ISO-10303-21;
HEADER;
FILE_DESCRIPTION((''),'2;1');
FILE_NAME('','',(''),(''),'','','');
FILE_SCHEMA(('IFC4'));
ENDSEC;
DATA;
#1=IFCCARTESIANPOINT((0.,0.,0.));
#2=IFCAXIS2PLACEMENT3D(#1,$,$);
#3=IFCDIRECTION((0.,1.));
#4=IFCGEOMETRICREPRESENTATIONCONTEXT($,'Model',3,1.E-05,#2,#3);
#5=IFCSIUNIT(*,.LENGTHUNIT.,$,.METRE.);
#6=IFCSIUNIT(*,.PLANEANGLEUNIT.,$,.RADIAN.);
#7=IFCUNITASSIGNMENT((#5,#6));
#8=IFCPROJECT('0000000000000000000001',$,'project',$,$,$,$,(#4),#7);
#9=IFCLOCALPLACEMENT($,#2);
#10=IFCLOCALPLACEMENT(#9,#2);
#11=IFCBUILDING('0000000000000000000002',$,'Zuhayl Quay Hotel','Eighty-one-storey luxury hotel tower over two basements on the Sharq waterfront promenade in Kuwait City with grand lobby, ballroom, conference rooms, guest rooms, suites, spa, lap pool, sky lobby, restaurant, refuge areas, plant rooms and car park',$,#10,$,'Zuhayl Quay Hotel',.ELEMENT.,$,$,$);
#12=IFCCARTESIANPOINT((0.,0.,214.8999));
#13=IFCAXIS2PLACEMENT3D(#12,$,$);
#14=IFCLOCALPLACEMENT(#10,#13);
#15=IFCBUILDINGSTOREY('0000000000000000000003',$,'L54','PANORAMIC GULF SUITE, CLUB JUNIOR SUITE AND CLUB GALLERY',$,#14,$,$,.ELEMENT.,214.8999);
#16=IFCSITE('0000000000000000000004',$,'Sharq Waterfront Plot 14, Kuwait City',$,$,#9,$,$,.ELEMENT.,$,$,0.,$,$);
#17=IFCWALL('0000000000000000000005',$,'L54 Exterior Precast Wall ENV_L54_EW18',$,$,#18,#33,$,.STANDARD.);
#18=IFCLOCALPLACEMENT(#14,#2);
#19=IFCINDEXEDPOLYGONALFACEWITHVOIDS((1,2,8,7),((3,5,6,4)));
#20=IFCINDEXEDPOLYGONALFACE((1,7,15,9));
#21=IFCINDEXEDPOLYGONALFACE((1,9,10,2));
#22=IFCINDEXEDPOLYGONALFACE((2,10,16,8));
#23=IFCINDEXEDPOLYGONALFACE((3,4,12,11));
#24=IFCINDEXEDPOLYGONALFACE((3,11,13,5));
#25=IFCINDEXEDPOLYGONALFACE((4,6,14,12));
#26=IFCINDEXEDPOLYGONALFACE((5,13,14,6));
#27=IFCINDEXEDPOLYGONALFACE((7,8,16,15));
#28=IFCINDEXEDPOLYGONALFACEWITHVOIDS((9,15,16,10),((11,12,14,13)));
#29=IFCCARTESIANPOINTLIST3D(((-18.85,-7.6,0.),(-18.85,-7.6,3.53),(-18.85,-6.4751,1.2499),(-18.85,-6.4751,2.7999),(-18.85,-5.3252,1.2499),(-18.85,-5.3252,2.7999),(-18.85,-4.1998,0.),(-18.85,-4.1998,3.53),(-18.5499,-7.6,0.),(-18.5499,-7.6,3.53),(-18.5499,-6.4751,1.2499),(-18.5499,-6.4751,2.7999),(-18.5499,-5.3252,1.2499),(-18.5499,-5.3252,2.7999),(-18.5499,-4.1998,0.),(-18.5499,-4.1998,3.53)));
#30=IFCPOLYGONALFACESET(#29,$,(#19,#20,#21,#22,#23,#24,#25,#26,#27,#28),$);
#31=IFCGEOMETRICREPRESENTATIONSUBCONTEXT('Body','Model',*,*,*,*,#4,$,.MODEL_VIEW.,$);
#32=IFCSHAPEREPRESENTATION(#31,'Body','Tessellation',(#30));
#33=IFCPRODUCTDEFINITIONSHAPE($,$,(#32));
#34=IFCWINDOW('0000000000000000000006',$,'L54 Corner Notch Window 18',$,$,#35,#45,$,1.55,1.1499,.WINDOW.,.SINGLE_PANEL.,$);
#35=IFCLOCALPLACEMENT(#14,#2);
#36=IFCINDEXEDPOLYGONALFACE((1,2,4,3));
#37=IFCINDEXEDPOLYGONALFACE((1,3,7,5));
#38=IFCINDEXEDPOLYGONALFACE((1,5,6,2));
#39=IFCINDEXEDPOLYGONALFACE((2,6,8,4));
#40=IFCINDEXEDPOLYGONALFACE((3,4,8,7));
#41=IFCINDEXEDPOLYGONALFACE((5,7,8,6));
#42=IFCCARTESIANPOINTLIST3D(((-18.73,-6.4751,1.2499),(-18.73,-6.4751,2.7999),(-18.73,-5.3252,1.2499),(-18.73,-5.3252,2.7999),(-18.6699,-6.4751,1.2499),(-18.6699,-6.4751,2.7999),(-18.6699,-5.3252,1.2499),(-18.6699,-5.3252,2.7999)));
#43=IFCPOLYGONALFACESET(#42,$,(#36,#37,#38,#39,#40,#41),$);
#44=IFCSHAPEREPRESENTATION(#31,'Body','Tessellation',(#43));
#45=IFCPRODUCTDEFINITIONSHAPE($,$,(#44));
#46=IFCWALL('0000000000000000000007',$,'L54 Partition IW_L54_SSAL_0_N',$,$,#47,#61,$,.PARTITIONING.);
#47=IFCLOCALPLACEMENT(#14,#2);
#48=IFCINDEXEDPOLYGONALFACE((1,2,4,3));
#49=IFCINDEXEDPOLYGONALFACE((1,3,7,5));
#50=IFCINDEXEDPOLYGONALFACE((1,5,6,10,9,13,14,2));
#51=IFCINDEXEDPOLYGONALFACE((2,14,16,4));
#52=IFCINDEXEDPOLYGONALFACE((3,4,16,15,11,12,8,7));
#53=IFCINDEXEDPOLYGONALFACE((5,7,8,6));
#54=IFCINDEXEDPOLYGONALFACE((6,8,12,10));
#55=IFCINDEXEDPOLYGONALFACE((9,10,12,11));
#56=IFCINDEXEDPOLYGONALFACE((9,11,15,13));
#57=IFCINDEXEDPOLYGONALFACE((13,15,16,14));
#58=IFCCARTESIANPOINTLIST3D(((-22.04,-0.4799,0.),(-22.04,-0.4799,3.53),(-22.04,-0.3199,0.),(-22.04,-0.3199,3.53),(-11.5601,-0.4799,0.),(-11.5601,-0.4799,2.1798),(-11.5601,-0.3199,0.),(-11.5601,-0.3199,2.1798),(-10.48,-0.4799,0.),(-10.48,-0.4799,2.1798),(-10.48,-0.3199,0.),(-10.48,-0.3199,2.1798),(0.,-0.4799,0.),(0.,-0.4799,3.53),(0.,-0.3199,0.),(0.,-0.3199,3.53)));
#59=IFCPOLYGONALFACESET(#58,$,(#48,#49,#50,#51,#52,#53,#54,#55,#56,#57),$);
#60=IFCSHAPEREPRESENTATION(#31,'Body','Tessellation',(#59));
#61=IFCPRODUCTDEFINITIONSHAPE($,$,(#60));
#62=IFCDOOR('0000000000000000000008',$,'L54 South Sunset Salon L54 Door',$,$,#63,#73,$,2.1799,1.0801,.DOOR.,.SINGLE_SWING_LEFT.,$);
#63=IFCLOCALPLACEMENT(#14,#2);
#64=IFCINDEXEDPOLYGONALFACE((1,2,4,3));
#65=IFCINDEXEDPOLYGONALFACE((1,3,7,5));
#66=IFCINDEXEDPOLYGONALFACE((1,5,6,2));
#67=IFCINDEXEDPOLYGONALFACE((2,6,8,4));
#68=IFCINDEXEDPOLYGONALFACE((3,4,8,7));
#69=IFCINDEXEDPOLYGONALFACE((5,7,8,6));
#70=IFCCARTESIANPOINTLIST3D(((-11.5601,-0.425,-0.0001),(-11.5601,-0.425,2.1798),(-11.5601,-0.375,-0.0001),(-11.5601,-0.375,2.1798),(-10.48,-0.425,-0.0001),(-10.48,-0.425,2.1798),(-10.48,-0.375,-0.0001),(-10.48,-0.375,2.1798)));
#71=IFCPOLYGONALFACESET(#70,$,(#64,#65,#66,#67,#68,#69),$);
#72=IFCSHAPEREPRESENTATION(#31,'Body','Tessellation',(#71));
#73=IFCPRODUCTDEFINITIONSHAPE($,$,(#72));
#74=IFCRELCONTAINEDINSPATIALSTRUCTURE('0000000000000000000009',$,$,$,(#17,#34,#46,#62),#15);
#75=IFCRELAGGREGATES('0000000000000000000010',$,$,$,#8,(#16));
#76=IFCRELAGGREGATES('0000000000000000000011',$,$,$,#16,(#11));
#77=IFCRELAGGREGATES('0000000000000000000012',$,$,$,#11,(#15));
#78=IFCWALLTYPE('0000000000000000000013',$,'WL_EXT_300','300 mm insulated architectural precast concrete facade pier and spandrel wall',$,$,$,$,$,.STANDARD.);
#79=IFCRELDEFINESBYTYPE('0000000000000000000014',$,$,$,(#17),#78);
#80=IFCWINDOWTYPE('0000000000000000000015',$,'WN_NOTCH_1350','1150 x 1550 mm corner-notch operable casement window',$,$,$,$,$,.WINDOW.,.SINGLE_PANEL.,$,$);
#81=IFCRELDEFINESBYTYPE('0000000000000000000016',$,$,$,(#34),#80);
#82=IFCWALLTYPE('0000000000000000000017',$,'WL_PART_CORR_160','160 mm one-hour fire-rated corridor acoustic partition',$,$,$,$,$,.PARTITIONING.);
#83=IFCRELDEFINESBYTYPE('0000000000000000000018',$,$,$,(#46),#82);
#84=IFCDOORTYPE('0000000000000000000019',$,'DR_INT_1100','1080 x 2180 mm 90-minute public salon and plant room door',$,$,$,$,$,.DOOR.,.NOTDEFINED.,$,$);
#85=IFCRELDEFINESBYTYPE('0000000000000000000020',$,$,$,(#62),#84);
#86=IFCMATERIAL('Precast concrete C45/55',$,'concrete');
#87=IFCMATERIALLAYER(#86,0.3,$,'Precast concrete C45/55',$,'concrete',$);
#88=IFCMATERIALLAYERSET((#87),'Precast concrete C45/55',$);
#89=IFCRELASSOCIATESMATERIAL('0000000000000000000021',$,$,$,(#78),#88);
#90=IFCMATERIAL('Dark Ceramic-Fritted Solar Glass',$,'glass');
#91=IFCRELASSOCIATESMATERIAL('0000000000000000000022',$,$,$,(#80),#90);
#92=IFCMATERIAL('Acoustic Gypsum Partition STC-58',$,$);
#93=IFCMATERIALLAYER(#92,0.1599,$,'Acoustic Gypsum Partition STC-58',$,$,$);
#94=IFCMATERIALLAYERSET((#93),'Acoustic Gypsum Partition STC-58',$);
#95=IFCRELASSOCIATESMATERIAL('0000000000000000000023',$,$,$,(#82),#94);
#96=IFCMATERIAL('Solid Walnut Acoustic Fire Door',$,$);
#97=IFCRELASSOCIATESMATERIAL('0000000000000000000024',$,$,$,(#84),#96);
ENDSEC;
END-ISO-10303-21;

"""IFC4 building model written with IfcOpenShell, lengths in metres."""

from ifc_helpers import new_model, si_unit, direction, frame, frame_2d, origin, place, context, subcontext, project, spatial, rectangle, extrude, material, layer, layer_set, type_object, element, fill, save


model = new_model("IFC4")

# Units and contexts
model_context = context("Model", 3, precision=1e-05, world=origin(), true_north=direction((0.0, 1.0)))
body_context = subcontext(model_context, "Body", "Model", "MODEL_VIEW")
ifc_project = project(units=[si_unit("LENGTHUNIT", "METRE"), si_unit("PLANEANGLEUNIT", "RADIAN")], contexts=[model_context])

# Site, building, storey
site_placement = place(None, origin())
site = spatial("IfcSite", under=ifc_project, at=site_placement, Name="Sharq Waterfront Plot 14, Kuwait City", CompositionType="ELEMENT", RefElevation=0.0)
building_placement = place(site_placement, origin())
building = spatial("IfcBuilding", under=site, at=building_placement, Name="Zuhayl Quay Hotel", Description="Eighty-one-storey luxury hotel tower over two basements on the Sharq waterfront promenade in Kuwait City with grand lobby, ballroom, conference rooms, guest rooms, suites, spa, lap pool, sky lobby, restaurant, refuge areas, plant rooms and car park", LongName="Zuhayl Quay Hotel", CompositionType="ELEMENT")
storey_placement = place(building_placement, frame((0.0, 0.0, 214.8999)))
storey = spatial("IfcBuildingStorey", under=building, at=storey_placement, Name="L54", Description="PANORAMIC GULF SUITE, CLUB JUNIOR SUITE AND CLUB GALLERY", CompositionType="ELEMENT", Elevation=214.8999)

# Shared definitions
ifc_material_1 = material(Name="Dark Ceramic-Fritted Solar Glass", Category="glass")

# Shared definitions
ifc_material_2 = material(Name="Precast concrete C45/55", Category="concrete")
ifc_layer_1 = layer(ifc_material_2, 0.3, Name="Precast concrete C45/55", Category="concrete")
ifc_layer_set_1 = layer_set([ifc_layer_1], Name="Precast concrete C45/55")
wall_type_1 = type_object("IfcWallType", Name="WL_EXT_300", Description="300 mm insulated architectural precast concrete facade pier and spandrel wall", PredefinedType="STANDARD", material=ifc_layer_set_1)
window_type = type_object("IfcWindowType", Name="WN_NOTCH_1350", Description="1150 x 1550 mm corner-notch operable casement window", PartitioningType="SINGLE_PANEL", PredefinedType="WINDOW", material=ifc_material_1)

# Wall, opening, window
wall_1_placement = place(storey_placement, frame((-18.7, -7.6001, 0.0), z_axis=(0.0, 0.0, 1.0), x_axis=(0.0, 1.0, 0.0)))
wall_1 = element("IfcWall", 1, at=wall_1_placement, inside=storey, type_object=wall_type_1, Name="L54 Exterior Precast Wall ENV_L54_EW18", PredefinedType="STANDARD", context=body_context, shape_type="SweptSolid", body=[
    extrude(rectangle(XDim=3.4001, YDim=0.3, at=frame_2d((1.7002, 0.0))), origin(), (0.0, 0.0, 1.0), 3.53),
])
opening_1_placement = place(wall_1_placement, frame((1.125, 0.0, 1.25)))
opening_1 = element("IfcOpeningElement", 2, at=opening_1_placement, cuts=wall_1, PredefinedType="OPENING", context=body_context, shape_type="SweptSolid", body=[
    extrude(rectangle(XDim=1.1499, YDim=1.55, at=frame_2d((0.575, 0.7749))), frame((0.0, 0.1599, 0.0), z_axis=(0.0, -1.0, 0.0), x_axis=(1.0, 0.0, 0.0)), (0.0, 0.0, 1.0), 0.3201),
])
window_1_placement = place(opening_1_placement, origin())
window_1 = element("IfcWindow", 3, at=window_1_placement, inside=storey, type_object=window_type, Name="L54 Corner Notch Window 18", OverallHeight=1.55, OverallWidth=1.1499, PartitioningType="SINGLE_PANEL", PredefinedType="WINDOW", context=body_context, shape_type="SweptSolid", body=[
    extrude(rectangle(XDim=1.1499, YDim=1.55, at=frame_2d((0.575, 0.7749))), frame((0.0, 0.03, 0.0), z_axis=(0.0, -1.0, 0.0), x_axis=(1.0, 0.0, 0.0)), (0.0, 0.0, 1.0), 0.0601),
])
fill(opening_1, window_1)

# Wall, opening, door
ifc_material_3 = material(Name="Acoustic Gypsum Partition STC-58")
ifc_layer_2 = layer(ifc_material_3, 0.1599, Name="Acoustic Gypsum Partition STC-58")
ifc_layer_set_2 = layer_set([ifc_layer_2], Name="Acoustic Gypsum Partition STC-58")
wall_type_2 = type_object("IfcWallType", Name="WL_PART_CORR_160", Description="160 mm one-hour fire-rated corridor acoustic partition", PredefinedType="PARTITIONING", material=ifc_layer_set_2)
wall_2_placement = place(storey_placement, frame((-22.04, -0.3999, 0.0), z_axis=(0.0, 0.0, 1.0), x_axis=(1.0, 0.0, 0.0)))
wall_2 = element("IfcWall", 4, at=wall_2_placement, inside=storey, type_object=wall_type_2, Name="L54 Partition IW_L54_SSAL_0_N", PredefinedType="PARTITIONING", context=body_context, shape_type="SweptSolid", body=[
    extrude(rectangle(XDim=22.04, YDim=0.1599, at=frame_2d((11.02, 0.0))), origin(), (0.0, 0.0, 1.0), 3.53),
])
opening_2_placement = place(wall_2_placement, frame((10.48, 0.0, 0.0)))
opening_2 = element("IfcOpeningElement", 5, at=opening_2_placement, cuts=wall_2, PredefinedType="OPENING", context=body_context, shape_type="SweptSolid", body=[
    extrude(rectangle(XDim=1.0801, YDim=2.1799, at=frame_2d((0.54, 1.0898))), frame((0.0, 0.0898, 0.0), z_axis=(0.0, -1.0, 0.0), x_axis=(1.0, 0.0, 0.0)), (0.0, 0.0, 1.0), 0.1799),
])
ifc_material_4 = material(Name="Solid Walnut Acoustic Fire Door")
door_type = type_object("IfcDoorType", Name="DR_INT_1100", Description="1080 x 2180 mm 90-minute public salon and plant room door", OperationType="NOTDEFINED", PredefinedType="DOOR", material=ifc_material_4)
door_placement = place(opening_2_placement, origin())
door = element("IfcDoor", 6, at=door_placement, inside=storey, type_object=door_type, Name="L54 South Sunset Salon L54 Door", OperationType="SINGLE_SWING_LEFT", OverallHeight=2.1799, OverallWidth=1.0801, PredefinedType="DOOR", context=body_context, shape_type="SweptSolid", body=[
    extrude(rectangle(XDim=1.0801, YDim=2.1799, at=frame_2d((0.54, 1.0898))), frame((0.0, 0.0249, 0.0), z_axis=(0.0, -1.0, 0.0), x_axis=(1.0, 0.0, 0.0)), (0.0, 0.0, 1.0), 0.05),
])
fill(opening_2, door)

save(model, "model.ifc")
